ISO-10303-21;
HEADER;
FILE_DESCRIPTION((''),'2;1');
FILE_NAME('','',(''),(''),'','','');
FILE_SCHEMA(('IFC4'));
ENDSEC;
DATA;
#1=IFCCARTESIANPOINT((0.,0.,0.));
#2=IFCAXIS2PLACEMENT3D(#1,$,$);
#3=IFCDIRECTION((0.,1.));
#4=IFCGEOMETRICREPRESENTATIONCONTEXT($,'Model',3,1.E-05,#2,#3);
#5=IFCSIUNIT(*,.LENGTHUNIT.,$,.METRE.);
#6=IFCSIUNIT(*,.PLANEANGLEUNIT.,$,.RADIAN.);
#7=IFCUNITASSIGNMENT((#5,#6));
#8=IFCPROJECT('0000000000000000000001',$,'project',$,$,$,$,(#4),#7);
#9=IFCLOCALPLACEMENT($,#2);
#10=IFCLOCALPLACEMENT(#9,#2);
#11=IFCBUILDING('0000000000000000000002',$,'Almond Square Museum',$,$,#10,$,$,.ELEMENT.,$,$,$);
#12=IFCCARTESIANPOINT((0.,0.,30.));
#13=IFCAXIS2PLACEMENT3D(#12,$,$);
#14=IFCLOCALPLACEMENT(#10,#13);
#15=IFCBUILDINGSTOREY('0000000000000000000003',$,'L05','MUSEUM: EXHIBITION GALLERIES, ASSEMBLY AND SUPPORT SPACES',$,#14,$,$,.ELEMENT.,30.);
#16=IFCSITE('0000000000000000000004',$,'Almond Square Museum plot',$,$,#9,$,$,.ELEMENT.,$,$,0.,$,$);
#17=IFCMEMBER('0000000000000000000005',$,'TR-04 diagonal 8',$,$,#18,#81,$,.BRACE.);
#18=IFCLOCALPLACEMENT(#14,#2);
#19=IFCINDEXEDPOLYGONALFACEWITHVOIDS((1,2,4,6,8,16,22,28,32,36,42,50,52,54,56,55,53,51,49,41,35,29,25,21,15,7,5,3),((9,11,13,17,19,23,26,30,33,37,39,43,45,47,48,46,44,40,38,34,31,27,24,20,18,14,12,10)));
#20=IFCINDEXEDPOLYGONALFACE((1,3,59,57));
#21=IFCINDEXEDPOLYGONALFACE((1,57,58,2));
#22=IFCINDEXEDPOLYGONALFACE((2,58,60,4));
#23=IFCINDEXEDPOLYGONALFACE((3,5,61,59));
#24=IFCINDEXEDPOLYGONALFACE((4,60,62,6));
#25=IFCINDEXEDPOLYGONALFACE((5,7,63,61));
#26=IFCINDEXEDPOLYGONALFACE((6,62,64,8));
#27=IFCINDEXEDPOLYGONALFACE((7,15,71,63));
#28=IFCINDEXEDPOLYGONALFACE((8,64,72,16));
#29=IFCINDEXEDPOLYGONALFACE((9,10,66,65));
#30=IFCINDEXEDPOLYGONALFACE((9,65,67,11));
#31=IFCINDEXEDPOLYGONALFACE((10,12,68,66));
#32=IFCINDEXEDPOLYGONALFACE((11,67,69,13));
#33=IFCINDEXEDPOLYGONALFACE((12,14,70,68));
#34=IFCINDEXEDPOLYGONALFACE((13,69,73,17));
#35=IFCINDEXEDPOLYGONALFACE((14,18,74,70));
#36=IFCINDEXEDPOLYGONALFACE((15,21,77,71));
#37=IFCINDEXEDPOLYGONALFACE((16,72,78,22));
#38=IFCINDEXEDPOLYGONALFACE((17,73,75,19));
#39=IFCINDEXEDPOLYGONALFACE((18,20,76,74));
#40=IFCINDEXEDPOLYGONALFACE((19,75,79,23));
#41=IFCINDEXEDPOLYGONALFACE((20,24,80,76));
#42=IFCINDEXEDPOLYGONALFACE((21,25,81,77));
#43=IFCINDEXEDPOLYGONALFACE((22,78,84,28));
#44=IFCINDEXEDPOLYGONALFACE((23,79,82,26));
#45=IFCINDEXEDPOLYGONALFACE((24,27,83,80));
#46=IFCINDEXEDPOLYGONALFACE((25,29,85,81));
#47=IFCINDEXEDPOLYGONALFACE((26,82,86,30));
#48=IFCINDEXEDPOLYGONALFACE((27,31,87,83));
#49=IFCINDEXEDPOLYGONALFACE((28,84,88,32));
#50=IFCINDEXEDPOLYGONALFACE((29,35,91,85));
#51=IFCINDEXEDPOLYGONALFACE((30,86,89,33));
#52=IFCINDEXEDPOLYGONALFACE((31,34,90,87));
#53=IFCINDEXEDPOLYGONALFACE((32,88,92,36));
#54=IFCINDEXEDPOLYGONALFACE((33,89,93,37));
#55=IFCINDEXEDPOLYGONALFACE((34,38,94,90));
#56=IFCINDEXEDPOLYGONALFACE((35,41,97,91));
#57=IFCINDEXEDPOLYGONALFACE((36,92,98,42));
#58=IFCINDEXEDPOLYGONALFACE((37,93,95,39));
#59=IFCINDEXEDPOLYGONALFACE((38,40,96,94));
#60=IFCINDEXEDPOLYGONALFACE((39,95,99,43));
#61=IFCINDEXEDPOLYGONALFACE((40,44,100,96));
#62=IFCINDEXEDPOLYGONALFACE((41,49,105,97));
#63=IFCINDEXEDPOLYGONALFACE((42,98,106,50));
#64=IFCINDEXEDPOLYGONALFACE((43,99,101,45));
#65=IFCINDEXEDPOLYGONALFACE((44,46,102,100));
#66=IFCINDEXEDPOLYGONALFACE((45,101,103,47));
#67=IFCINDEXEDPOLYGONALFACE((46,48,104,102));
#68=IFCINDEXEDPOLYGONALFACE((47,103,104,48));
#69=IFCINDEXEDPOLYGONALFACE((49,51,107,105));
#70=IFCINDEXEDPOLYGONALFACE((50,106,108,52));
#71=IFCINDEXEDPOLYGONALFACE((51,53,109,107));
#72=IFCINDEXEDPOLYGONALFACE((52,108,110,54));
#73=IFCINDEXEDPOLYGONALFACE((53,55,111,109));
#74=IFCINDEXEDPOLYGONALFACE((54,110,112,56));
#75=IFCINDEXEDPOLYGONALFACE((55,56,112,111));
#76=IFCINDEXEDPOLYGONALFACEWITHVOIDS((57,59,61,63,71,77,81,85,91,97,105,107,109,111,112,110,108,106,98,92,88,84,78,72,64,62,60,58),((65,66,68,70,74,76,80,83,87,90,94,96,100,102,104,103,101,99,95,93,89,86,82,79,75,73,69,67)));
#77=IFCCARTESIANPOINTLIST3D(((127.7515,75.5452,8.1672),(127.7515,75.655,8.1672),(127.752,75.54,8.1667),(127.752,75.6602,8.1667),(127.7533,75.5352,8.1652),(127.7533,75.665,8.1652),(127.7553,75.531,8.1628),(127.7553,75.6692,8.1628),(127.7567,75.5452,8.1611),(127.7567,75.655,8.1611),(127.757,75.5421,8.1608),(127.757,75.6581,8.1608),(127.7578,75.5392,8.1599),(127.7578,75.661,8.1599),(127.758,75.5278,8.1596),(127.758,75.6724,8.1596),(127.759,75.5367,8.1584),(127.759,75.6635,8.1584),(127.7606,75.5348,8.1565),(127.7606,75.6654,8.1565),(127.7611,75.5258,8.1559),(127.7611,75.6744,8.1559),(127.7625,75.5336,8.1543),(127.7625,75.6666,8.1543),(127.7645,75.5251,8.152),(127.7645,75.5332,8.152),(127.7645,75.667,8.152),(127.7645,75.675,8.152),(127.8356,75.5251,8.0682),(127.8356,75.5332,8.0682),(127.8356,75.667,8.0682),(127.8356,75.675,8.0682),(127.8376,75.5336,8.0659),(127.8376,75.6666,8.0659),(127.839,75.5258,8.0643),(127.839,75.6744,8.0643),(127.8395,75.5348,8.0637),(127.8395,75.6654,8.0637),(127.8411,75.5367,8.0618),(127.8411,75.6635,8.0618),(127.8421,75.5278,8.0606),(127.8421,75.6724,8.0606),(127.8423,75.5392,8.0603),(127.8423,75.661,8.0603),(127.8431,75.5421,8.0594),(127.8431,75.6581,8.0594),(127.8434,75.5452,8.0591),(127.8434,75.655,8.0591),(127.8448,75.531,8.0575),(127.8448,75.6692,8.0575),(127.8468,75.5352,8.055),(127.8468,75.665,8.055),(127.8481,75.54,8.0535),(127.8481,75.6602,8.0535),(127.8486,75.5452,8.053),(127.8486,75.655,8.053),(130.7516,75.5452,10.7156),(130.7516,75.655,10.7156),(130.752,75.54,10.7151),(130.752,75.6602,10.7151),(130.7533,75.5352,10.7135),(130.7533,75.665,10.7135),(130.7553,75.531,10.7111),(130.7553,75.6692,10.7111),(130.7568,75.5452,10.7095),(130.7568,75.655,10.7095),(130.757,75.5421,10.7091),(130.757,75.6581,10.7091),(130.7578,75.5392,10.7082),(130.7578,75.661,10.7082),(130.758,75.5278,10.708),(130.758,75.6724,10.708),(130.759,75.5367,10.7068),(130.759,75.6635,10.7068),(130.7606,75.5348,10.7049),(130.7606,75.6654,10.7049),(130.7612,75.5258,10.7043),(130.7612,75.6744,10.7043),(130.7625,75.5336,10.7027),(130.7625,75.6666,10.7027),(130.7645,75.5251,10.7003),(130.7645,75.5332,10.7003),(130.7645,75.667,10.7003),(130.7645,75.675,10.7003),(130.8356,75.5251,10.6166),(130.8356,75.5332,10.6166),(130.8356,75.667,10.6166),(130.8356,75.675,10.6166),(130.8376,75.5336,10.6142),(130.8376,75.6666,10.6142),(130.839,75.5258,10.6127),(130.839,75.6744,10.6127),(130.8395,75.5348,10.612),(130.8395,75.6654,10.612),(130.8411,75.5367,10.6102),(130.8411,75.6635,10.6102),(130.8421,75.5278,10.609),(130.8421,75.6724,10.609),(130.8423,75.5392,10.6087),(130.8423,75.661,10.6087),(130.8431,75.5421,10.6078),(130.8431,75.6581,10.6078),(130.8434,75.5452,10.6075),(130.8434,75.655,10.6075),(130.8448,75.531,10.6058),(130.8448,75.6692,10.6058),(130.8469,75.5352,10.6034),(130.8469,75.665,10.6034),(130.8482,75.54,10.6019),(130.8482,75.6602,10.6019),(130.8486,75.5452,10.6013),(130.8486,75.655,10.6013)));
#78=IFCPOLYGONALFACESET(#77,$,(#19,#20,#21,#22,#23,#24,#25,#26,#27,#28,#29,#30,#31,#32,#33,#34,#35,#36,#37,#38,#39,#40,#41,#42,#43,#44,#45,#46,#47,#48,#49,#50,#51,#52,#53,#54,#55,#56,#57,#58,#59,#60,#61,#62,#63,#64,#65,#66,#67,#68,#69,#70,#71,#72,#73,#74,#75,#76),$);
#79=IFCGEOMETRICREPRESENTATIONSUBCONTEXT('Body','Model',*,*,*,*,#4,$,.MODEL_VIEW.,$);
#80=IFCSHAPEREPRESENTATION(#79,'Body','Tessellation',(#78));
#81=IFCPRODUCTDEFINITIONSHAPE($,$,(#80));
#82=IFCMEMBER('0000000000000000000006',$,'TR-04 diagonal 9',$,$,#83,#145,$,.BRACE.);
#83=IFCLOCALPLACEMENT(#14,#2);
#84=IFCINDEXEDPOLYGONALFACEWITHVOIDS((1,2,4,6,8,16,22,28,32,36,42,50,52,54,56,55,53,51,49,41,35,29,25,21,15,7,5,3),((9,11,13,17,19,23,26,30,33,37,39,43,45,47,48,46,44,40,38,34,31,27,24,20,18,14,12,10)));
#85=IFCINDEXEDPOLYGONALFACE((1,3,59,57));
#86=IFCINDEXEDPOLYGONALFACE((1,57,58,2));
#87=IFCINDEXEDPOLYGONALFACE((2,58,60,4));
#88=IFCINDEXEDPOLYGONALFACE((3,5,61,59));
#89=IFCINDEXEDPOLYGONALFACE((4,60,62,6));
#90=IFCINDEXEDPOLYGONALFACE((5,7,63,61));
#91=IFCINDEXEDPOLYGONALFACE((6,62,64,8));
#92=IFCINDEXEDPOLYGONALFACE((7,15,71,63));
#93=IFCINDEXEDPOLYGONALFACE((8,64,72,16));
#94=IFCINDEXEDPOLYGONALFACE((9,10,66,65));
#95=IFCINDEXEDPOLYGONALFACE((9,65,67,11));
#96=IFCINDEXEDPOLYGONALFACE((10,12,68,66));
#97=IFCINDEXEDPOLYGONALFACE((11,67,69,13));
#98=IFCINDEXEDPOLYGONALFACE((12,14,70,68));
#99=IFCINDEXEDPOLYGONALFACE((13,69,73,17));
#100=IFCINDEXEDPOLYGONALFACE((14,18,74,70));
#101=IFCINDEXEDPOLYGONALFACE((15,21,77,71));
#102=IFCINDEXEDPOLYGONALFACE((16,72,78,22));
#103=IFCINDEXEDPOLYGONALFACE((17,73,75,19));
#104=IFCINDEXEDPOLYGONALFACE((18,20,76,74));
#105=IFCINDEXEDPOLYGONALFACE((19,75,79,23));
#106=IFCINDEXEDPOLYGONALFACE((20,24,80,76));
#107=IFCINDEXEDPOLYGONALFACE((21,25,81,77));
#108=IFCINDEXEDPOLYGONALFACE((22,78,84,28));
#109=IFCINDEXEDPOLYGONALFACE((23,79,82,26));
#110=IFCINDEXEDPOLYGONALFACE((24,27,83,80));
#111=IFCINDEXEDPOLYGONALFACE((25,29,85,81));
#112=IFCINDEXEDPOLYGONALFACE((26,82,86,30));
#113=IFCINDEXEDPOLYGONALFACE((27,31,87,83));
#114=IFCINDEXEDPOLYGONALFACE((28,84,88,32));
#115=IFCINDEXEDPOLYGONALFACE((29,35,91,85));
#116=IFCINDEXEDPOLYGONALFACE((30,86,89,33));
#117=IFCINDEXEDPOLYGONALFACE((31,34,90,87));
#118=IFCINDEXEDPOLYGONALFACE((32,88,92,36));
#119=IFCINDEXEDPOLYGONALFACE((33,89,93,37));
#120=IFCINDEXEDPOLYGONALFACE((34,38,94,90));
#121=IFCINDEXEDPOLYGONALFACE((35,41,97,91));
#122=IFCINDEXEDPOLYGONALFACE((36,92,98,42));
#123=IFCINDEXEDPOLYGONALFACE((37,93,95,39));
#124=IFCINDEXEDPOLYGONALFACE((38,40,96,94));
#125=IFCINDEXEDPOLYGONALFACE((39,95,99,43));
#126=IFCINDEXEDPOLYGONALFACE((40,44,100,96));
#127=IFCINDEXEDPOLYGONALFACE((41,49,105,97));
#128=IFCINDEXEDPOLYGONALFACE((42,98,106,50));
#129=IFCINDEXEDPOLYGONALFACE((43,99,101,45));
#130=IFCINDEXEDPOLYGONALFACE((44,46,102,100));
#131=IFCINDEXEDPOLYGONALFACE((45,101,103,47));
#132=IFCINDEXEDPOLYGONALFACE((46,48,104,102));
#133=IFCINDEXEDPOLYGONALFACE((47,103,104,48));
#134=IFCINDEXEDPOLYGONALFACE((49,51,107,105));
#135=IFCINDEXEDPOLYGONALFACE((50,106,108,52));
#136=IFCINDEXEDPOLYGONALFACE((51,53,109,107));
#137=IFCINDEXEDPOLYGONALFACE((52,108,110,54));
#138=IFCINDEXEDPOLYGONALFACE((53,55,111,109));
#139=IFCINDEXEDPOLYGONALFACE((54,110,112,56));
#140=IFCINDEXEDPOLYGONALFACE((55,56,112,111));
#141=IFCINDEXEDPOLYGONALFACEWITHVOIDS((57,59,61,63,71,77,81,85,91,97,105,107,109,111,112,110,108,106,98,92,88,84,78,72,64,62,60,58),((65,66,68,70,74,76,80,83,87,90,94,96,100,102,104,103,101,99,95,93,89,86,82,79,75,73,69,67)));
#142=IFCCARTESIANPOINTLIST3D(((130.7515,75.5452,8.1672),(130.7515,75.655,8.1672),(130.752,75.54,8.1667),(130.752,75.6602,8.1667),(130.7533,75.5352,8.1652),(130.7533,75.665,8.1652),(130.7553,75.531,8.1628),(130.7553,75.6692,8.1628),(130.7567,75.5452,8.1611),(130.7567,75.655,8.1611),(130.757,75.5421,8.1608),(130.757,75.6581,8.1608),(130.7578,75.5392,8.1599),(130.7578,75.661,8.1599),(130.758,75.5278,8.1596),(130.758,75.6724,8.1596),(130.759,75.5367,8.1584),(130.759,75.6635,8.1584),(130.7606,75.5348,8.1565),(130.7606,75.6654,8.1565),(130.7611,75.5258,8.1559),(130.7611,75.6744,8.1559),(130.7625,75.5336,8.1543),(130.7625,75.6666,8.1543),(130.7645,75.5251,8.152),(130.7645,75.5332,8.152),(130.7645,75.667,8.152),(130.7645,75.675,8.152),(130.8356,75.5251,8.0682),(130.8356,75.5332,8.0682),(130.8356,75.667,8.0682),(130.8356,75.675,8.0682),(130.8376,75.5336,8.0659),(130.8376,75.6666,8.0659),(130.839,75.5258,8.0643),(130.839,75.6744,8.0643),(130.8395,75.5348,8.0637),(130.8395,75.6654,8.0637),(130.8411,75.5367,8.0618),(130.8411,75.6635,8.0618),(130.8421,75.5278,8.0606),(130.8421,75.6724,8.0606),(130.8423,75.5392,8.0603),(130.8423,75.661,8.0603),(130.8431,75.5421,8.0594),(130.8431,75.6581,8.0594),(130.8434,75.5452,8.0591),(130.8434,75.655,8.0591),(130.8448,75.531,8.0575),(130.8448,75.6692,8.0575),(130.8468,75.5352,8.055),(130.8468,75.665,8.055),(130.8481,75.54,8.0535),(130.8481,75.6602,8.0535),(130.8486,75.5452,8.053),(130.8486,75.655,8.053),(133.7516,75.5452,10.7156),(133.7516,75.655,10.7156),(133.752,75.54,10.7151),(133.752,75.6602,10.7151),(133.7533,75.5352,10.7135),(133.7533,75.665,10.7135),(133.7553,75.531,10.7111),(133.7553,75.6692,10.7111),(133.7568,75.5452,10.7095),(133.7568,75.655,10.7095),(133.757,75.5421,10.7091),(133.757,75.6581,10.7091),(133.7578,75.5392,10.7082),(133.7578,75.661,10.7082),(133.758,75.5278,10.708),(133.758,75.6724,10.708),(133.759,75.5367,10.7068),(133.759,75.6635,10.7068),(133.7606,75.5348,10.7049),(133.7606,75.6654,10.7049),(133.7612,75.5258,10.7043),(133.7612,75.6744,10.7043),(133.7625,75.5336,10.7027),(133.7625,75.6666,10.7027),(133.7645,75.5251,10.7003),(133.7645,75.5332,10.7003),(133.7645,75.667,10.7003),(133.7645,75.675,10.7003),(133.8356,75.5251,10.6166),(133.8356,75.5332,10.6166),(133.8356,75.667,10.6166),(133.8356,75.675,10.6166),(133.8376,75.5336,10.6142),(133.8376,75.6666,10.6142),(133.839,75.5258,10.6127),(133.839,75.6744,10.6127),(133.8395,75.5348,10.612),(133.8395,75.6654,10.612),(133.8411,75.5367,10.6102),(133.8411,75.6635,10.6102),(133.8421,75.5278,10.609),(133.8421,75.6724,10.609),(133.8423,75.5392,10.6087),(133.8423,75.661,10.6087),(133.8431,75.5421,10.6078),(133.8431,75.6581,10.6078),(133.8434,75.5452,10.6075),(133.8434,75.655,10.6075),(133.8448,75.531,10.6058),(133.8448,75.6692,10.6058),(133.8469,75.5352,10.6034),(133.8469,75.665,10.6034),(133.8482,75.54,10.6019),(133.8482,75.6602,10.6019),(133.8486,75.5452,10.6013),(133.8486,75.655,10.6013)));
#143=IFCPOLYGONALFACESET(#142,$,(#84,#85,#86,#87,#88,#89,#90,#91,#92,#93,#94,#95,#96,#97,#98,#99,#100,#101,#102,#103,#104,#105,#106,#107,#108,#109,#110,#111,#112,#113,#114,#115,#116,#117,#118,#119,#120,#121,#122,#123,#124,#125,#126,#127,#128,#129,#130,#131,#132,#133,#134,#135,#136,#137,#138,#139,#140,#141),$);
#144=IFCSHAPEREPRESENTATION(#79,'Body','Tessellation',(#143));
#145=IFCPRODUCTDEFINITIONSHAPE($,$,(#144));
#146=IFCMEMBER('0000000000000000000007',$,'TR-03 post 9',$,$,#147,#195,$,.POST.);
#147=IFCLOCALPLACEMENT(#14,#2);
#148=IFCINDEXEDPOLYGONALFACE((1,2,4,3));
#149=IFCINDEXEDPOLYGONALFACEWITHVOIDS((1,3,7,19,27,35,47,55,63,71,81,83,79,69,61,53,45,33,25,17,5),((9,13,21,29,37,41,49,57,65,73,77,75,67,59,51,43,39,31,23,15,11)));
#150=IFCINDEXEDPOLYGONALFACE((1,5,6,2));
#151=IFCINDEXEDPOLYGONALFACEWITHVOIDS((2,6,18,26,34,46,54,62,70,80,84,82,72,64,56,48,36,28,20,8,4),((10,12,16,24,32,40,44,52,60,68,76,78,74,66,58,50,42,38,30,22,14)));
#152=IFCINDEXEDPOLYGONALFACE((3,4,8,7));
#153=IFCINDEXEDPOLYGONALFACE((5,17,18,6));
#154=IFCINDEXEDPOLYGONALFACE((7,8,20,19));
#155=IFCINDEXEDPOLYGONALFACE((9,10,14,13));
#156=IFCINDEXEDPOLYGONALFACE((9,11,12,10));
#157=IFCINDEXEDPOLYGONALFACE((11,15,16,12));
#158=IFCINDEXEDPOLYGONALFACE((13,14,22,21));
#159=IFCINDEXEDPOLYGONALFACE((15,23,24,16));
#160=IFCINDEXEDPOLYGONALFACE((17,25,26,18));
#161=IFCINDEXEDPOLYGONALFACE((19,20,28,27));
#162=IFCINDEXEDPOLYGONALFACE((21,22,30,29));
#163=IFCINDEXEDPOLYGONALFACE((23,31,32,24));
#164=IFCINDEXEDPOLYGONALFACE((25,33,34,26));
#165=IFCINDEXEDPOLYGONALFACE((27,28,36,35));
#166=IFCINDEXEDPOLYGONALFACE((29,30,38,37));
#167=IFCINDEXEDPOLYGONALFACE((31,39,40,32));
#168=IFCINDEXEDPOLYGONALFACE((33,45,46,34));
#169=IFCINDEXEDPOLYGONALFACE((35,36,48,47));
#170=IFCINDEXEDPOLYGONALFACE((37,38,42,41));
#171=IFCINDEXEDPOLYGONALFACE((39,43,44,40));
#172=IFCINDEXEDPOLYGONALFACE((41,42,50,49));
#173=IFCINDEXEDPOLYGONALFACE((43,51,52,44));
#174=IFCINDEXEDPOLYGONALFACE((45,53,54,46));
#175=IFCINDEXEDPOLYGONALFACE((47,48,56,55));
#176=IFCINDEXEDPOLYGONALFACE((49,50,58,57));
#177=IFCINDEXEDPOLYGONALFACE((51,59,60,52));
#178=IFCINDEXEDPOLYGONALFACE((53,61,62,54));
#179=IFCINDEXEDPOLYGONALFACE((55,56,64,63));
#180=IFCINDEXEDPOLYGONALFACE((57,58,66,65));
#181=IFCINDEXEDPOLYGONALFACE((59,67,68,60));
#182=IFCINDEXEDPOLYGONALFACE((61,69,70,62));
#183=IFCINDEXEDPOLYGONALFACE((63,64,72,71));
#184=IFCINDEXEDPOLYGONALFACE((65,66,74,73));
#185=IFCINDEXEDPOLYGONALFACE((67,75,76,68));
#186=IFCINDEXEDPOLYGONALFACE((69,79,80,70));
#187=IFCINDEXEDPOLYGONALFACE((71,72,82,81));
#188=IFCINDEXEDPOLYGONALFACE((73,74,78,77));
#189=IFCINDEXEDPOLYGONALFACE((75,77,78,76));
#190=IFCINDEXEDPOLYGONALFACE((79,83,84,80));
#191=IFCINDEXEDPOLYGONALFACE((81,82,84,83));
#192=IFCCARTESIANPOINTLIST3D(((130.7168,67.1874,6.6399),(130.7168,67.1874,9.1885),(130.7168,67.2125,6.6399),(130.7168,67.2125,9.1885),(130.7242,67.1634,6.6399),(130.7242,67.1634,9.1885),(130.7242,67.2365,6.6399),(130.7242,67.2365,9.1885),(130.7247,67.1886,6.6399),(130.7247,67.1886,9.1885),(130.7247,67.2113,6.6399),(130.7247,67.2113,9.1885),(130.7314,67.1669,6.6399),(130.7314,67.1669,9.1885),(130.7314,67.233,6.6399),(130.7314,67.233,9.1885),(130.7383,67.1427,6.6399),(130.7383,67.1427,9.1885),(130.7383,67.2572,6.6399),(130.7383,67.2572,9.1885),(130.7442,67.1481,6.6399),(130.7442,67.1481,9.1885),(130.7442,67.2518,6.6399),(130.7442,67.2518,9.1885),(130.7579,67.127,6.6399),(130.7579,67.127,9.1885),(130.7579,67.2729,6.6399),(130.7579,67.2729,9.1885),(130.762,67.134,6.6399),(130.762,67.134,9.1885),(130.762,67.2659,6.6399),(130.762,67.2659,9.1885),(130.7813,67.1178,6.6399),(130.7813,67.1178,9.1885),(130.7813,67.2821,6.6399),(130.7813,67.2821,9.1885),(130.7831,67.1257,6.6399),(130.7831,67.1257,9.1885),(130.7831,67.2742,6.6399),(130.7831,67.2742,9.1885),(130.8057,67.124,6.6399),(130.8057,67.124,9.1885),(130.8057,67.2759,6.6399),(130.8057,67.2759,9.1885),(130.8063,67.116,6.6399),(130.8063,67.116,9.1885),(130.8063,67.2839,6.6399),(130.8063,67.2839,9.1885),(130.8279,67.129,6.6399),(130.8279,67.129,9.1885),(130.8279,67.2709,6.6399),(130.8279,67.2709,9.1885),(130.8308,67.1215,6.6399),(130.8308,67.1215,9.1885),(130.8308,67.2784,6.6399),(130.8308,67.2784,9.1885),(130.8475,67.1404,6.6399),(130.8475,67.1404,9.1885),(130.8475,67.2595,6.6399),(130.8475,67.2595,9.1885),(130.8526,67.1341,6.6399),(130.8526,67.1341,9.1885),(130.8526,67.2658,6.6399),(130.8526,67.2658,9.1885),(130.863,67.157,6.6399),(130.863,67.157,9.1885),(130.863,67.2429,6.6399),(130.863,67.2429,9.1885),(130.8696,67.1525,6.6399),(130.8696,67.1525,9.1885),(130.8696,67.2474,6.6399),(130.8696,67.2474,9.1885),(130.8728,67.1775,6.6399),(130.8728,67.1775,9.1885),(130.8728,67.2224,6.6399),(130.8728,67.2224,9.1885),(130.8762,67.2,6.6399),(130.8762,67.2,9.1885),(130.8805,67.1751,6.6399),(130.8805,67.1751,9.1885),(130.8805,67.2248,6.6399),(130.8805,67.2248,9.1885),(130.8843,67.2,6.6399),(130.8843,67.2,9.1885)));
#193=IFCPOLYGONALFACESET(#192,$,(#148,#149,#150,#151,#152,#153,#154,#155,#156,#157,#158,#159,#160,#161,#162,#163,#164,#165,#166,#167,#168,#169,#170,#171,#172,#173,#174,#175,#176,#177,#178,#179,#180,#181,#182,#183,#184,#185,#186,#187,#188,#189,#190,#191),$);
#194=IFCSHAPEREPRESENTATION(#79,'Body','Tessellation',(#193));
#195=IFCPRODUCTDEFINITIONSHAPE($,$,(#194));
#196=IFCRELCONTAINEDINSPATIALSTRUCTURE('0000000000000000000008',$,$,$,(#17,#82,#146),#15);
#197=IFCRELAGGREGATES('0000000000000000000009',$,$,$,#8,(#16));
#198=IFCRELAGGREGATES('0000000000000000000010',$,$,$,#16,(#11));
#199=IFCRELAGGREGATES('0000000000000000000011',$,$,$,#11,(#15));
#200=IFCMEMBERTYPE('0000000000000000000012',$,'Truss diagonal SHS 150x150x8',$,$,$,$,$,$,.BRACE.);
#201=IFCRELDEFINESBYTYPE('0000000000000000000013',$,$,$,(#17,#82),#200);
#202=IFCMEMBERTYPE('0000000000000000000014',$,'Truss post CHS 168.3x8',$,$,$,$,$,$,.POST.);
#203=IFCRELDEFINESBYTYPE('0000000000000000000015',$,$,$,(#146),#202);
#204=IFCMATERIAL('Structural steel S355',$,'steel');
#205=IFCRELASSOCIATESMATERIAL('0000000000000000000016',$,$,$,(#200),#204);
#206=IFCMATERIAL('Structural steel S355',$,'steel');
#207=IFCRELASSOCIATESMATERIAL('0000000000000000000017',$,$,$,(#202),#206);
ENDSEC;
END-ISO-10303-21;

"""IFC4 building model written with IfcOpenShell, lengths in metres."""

from ifc_helpers import new_model, si_unit, direction, frame, origin, origin_2d, place, context, subcontext, project, spatial, hollow_rectangle, hollow_circle, extrude, material, material_profile, profile_set, type_object, element, save


model = new_model("IFC4")

# Units and contexts
model_context = context("Model", 3, precision=1e-05, world=origin(), true_north=direction((0.0, 1.0)))
body_context = subcontext(model_context, "Body", "Model", "MODEL_VIEW")
ifc_project = project(units=[si_unit("LENGTHUNIT", "METRE"), si_unit("PLANEANGLEUNIT", "RADIAN")], contexts=[model_context])

# Site, building, storey
site_placement = place(None, origin())
site = spatial("IfcSite", under=ifc_project, at=site_placement, Name="Almond Square Museum plot", CompositionType="ELEMENT", RefElevation=0.0)
building_placement = place(site_placement, origin())
building = spatial("IfcBuilding", under=site, at=building_placement, Name="Almond Square Museum", CompositionType="ELEMENT")
storey_placement = place(building_placement, frame((0.0, 0.0, 30.0)))
storey = spatial("IfcBuildingStorey", under=building, at=storey_placement, Name="L05", Description="MUSEUM: EXHIBITION GALLERIES, ASSEMBLY AND SUPPORT SPACES", CompositionType="ELEMENT", Elevation=30.0)

# Members
ifc_material_1 = material(Name="Structural steel S355", Category="steel")
ifc_material_profile_1 = material_profile(ifc_material_1, hollow_rectangle(XDim=0.1499, YDim=0.1499, WallThickness=0.0081, InnerFilletRadius=0.012, OuterFilletRadius=0.02, at=origin_2d()))
ifc_profile_set_1 = profile_set([ifc_material_profile_1], Name="Structural steel S355")
member_type_1 = type_object("IfcMemberType", Name="Truss diagonal SHS 150x150x8", PredefinedType="BRACE", material=ifc_profile_set_1)
for number, where, z_axis, x_axis, name in (
    (1, (127.8, 75.6001, 8.1101), (0.762147, 0.0, 0.647404), (0.0, 1.0, 0.0), "TR-04 diagonal 8"),
    (2, (130.8, 75.6001, 8.1101), (0.762147, 0.0, 0.647404), (0.0, 1.0, 0.0), "TR-04 diagonal 9"),
):
    element("IfcMember", number, at=place(storey_placement, frame(where, z_axis=z_axis, x_axis=x_axis)), inside=storey, type_object=member_type_1, Name=name, PredefinedType="BRACE", context=body_context, shape_type="SweptSolid", body=[
        extrude(hollow_rectangle(XDim=0.1499, YDim=0.1499, WallThickness=0.0081, InnerFilletRadius=0.012, OuterFilletRadius=0.02, at=origin_2d()), origin(), (0.0, 0.0, 1.0), 3.9363),
    ])
ifc_material_2 = material(Name="Structural steel S355", Category="steel")
ifc_material_profile_2 = material_profile(ifc_material_2, hollow_circle(Radius=0.0842, WallThickness=0.0081, at=origin_2d()))
ifc_profile_set_2 = profile_set([ifc_material_profile_2], Name="Structural steel S355")
member_type_2 = type_object("IfcMemberType", Name="Truss post CHS 168.3x8", PredefinedType="POST", material=ifc_profile_set_2)
member_1_placement = place(storey_placement, frame((130.8, 67.2, 6.6399), z_axis=(0.0, 0.0, 1.0), x_axis=(1.0, 0.0, 0.0)))
element("IfcMember", 3, at=member_1_placement, inside=storey, type_object=member_type_2, Name="TR-03 post 9", PredefinedType="POST", context=body_context, shape_type="SweptSolid", body=[
    extrude(hollow_circle(Radius=0.0842, WallThickness=0.0081, at=origin_2d()), origin(), (0.0, 0.0, 1.0), 2.5486),
])

save(model, "model.ifc")
